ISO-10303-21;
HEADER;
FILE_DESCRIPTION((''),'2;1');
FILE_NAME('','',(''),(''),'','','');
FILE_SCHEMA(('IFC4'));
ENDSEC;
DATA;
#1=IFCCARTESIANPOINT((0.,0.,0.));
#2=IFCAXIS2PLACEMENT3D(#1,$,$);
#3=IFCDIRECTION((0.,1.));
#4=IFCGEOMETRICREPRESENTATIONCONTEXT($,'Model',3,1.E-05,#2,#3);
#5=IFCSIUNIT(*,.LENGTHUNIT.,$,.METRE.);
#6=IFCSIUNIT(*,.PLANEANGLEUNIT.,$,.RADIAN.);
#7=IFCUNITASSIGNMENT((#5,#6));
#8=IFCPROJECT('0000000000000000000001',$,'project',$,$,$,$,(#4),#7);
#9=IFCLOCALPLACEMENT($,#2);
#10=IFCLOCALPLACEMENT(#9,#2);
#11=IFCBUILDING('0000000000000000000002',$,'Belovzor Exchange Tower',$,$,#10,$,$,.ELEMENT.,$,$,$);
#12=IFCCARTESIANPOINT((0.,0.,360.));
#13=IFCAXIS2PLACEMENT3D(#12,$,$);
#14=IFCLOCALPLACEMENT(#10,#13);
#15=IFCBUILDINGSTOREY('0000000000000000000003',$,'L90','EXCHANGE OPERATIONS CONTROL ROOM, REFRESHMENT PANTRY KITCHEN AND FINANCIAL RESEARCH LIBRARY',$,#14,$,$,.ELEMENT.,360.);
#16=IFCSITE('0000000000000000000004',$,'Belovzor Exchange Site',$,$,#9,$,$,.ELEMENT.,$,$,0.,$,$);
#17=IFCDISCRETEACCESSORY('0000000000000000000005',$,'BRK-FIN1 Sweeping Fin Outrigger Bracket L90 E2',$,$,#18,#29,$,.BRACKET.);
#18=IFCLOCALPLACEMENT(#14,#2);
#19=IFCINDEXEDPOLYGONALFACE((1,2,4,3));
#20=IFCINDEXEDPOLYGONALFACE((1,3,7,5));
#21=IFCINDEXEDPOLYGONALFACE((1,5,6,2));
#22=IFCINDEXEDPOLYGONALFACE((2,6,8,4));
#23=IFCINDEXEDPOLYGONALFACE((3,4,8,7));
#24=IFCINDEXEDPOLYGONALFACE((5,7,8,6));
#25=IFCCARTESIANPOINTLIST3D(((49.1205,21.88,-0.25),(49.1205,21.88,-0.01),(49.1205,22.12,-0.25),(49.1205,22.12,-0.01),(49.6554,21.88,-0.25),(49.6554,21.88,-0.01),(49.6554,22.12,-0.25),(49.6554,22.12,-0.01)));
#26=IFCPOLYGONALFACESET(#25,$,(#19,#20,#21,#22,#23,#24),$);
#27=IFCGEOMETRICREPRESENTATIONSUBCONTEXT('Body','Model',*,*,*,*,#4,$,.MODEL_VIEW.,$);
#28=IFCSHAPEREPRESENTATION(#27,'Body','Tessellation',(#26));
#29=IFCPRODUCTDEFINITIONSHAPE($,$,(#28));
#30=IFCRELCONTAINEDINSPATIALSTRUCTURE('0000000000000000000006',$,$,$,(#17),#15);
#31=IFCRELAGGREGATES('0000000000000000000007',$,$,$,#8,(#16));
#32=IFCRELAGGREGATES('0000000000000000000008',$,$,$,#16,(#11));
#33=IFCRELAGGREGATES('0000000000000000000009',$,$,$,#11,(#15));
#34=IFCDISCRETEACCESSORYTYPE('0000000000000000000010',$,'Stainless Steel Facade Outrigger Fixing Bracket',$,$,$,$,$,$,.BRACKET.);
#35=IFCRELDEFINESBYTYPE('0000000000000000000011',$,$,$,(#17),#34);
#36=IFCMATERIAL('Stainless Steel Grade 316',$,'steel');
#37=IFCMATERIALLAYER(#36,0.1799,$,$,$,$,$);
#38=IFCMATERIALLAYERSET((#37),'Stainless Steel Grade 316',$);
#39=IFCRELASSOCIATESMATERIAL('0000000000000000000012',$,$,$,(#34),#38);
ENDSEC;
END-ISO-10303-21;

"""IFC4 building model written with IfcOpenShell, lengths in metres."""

from ifc_helpers import new_model, si_unit, direction, frame, origin, origin_2d, place, context, subcontext, project, spatial, rectangle, extrude, material, layer, layer_set, type_object, element, save


model = new_model("IFC4")

# Units and contexts
model_context = context("Model", 3, precision=1e-05, world=origin(), true_north=direction((0.0, 1.0)))
body_context = subcontext(model_context, "Body", "Model", "MODEL_VIEW")
ifc_project = project(units=[si_unit("LENGTHUNIT", "METRE"), si_unit("PLANEANGLEUNIT", "RADIAN")], contexts=[model_context])

# Site, building, storey
site_placement = place(None, origin())
site = spatial("IfcSite", under=ifc_project, at=site_placement, Name="Belovzor Exchange Site", CompositionType="ELEMENT", RefElevation=0.0)
building_placement = place(site_placement, origin())
building = spatial("IfcBuilding", under=site, at=building_placement, Name="Belovzor Exchange Tower", CompositionType="ELEMENT")
storey_placement = place(building_placement, frame((0.0, 0.0, 360.0)))
storey = spatial("IfcBuildingStorey", under=building, at=storey_placement, Name="L90", Description="EXCHANGE OPERATIONS CONTROL ROOM, REFRESHMENT PANTRY KITCHEN AND FINANCIAL RESEARCH LIBRARY", CompositionType="ELEMENT", Elevation=360.0)

# Discrete accessory
ifc_material_1 = material(Name="Stainless Steel Grade 316", Category="steel")
ifc_layer_1 = layer(ifc_material_1, 0.1799)
ifc_layer_set_1 = layer_set([ifc_layer_1], Name="Stainless Steel Grade 316")
discrete_accessory_type = type_object("IfcDiscreteAccessoryType", Name="Stainless Steel Facade Outrigger Fixing Bracket", PredefinedType="BRACKET", material=ifc_layer_set_1)
discrete_accessory_placement = place(storey_placement, frame((49.3879, 22.0, -0.25), z_axis=(0.0, 0.0, 1.0), x_axis=(1.0, 0.0, 0.0)))
element("IfcDiscreteAccessory", 1, at=discrete_accessory_placement, inside=storey, type_object=discrete_accessory_type, Name="BRK-FIN1 Sweeping Fin Outrigger Bracket L90 E2", PredefinedType="BRACKET", context=body_context, shape_type="SweptSolid", body=[
    extrude(rectangle(XDim=0.5349, YDim=0.24, at=origin_2d()), origin(), (0.0, 0.0, 1.0), 0.24),
])

save(model, "model.ifc")
